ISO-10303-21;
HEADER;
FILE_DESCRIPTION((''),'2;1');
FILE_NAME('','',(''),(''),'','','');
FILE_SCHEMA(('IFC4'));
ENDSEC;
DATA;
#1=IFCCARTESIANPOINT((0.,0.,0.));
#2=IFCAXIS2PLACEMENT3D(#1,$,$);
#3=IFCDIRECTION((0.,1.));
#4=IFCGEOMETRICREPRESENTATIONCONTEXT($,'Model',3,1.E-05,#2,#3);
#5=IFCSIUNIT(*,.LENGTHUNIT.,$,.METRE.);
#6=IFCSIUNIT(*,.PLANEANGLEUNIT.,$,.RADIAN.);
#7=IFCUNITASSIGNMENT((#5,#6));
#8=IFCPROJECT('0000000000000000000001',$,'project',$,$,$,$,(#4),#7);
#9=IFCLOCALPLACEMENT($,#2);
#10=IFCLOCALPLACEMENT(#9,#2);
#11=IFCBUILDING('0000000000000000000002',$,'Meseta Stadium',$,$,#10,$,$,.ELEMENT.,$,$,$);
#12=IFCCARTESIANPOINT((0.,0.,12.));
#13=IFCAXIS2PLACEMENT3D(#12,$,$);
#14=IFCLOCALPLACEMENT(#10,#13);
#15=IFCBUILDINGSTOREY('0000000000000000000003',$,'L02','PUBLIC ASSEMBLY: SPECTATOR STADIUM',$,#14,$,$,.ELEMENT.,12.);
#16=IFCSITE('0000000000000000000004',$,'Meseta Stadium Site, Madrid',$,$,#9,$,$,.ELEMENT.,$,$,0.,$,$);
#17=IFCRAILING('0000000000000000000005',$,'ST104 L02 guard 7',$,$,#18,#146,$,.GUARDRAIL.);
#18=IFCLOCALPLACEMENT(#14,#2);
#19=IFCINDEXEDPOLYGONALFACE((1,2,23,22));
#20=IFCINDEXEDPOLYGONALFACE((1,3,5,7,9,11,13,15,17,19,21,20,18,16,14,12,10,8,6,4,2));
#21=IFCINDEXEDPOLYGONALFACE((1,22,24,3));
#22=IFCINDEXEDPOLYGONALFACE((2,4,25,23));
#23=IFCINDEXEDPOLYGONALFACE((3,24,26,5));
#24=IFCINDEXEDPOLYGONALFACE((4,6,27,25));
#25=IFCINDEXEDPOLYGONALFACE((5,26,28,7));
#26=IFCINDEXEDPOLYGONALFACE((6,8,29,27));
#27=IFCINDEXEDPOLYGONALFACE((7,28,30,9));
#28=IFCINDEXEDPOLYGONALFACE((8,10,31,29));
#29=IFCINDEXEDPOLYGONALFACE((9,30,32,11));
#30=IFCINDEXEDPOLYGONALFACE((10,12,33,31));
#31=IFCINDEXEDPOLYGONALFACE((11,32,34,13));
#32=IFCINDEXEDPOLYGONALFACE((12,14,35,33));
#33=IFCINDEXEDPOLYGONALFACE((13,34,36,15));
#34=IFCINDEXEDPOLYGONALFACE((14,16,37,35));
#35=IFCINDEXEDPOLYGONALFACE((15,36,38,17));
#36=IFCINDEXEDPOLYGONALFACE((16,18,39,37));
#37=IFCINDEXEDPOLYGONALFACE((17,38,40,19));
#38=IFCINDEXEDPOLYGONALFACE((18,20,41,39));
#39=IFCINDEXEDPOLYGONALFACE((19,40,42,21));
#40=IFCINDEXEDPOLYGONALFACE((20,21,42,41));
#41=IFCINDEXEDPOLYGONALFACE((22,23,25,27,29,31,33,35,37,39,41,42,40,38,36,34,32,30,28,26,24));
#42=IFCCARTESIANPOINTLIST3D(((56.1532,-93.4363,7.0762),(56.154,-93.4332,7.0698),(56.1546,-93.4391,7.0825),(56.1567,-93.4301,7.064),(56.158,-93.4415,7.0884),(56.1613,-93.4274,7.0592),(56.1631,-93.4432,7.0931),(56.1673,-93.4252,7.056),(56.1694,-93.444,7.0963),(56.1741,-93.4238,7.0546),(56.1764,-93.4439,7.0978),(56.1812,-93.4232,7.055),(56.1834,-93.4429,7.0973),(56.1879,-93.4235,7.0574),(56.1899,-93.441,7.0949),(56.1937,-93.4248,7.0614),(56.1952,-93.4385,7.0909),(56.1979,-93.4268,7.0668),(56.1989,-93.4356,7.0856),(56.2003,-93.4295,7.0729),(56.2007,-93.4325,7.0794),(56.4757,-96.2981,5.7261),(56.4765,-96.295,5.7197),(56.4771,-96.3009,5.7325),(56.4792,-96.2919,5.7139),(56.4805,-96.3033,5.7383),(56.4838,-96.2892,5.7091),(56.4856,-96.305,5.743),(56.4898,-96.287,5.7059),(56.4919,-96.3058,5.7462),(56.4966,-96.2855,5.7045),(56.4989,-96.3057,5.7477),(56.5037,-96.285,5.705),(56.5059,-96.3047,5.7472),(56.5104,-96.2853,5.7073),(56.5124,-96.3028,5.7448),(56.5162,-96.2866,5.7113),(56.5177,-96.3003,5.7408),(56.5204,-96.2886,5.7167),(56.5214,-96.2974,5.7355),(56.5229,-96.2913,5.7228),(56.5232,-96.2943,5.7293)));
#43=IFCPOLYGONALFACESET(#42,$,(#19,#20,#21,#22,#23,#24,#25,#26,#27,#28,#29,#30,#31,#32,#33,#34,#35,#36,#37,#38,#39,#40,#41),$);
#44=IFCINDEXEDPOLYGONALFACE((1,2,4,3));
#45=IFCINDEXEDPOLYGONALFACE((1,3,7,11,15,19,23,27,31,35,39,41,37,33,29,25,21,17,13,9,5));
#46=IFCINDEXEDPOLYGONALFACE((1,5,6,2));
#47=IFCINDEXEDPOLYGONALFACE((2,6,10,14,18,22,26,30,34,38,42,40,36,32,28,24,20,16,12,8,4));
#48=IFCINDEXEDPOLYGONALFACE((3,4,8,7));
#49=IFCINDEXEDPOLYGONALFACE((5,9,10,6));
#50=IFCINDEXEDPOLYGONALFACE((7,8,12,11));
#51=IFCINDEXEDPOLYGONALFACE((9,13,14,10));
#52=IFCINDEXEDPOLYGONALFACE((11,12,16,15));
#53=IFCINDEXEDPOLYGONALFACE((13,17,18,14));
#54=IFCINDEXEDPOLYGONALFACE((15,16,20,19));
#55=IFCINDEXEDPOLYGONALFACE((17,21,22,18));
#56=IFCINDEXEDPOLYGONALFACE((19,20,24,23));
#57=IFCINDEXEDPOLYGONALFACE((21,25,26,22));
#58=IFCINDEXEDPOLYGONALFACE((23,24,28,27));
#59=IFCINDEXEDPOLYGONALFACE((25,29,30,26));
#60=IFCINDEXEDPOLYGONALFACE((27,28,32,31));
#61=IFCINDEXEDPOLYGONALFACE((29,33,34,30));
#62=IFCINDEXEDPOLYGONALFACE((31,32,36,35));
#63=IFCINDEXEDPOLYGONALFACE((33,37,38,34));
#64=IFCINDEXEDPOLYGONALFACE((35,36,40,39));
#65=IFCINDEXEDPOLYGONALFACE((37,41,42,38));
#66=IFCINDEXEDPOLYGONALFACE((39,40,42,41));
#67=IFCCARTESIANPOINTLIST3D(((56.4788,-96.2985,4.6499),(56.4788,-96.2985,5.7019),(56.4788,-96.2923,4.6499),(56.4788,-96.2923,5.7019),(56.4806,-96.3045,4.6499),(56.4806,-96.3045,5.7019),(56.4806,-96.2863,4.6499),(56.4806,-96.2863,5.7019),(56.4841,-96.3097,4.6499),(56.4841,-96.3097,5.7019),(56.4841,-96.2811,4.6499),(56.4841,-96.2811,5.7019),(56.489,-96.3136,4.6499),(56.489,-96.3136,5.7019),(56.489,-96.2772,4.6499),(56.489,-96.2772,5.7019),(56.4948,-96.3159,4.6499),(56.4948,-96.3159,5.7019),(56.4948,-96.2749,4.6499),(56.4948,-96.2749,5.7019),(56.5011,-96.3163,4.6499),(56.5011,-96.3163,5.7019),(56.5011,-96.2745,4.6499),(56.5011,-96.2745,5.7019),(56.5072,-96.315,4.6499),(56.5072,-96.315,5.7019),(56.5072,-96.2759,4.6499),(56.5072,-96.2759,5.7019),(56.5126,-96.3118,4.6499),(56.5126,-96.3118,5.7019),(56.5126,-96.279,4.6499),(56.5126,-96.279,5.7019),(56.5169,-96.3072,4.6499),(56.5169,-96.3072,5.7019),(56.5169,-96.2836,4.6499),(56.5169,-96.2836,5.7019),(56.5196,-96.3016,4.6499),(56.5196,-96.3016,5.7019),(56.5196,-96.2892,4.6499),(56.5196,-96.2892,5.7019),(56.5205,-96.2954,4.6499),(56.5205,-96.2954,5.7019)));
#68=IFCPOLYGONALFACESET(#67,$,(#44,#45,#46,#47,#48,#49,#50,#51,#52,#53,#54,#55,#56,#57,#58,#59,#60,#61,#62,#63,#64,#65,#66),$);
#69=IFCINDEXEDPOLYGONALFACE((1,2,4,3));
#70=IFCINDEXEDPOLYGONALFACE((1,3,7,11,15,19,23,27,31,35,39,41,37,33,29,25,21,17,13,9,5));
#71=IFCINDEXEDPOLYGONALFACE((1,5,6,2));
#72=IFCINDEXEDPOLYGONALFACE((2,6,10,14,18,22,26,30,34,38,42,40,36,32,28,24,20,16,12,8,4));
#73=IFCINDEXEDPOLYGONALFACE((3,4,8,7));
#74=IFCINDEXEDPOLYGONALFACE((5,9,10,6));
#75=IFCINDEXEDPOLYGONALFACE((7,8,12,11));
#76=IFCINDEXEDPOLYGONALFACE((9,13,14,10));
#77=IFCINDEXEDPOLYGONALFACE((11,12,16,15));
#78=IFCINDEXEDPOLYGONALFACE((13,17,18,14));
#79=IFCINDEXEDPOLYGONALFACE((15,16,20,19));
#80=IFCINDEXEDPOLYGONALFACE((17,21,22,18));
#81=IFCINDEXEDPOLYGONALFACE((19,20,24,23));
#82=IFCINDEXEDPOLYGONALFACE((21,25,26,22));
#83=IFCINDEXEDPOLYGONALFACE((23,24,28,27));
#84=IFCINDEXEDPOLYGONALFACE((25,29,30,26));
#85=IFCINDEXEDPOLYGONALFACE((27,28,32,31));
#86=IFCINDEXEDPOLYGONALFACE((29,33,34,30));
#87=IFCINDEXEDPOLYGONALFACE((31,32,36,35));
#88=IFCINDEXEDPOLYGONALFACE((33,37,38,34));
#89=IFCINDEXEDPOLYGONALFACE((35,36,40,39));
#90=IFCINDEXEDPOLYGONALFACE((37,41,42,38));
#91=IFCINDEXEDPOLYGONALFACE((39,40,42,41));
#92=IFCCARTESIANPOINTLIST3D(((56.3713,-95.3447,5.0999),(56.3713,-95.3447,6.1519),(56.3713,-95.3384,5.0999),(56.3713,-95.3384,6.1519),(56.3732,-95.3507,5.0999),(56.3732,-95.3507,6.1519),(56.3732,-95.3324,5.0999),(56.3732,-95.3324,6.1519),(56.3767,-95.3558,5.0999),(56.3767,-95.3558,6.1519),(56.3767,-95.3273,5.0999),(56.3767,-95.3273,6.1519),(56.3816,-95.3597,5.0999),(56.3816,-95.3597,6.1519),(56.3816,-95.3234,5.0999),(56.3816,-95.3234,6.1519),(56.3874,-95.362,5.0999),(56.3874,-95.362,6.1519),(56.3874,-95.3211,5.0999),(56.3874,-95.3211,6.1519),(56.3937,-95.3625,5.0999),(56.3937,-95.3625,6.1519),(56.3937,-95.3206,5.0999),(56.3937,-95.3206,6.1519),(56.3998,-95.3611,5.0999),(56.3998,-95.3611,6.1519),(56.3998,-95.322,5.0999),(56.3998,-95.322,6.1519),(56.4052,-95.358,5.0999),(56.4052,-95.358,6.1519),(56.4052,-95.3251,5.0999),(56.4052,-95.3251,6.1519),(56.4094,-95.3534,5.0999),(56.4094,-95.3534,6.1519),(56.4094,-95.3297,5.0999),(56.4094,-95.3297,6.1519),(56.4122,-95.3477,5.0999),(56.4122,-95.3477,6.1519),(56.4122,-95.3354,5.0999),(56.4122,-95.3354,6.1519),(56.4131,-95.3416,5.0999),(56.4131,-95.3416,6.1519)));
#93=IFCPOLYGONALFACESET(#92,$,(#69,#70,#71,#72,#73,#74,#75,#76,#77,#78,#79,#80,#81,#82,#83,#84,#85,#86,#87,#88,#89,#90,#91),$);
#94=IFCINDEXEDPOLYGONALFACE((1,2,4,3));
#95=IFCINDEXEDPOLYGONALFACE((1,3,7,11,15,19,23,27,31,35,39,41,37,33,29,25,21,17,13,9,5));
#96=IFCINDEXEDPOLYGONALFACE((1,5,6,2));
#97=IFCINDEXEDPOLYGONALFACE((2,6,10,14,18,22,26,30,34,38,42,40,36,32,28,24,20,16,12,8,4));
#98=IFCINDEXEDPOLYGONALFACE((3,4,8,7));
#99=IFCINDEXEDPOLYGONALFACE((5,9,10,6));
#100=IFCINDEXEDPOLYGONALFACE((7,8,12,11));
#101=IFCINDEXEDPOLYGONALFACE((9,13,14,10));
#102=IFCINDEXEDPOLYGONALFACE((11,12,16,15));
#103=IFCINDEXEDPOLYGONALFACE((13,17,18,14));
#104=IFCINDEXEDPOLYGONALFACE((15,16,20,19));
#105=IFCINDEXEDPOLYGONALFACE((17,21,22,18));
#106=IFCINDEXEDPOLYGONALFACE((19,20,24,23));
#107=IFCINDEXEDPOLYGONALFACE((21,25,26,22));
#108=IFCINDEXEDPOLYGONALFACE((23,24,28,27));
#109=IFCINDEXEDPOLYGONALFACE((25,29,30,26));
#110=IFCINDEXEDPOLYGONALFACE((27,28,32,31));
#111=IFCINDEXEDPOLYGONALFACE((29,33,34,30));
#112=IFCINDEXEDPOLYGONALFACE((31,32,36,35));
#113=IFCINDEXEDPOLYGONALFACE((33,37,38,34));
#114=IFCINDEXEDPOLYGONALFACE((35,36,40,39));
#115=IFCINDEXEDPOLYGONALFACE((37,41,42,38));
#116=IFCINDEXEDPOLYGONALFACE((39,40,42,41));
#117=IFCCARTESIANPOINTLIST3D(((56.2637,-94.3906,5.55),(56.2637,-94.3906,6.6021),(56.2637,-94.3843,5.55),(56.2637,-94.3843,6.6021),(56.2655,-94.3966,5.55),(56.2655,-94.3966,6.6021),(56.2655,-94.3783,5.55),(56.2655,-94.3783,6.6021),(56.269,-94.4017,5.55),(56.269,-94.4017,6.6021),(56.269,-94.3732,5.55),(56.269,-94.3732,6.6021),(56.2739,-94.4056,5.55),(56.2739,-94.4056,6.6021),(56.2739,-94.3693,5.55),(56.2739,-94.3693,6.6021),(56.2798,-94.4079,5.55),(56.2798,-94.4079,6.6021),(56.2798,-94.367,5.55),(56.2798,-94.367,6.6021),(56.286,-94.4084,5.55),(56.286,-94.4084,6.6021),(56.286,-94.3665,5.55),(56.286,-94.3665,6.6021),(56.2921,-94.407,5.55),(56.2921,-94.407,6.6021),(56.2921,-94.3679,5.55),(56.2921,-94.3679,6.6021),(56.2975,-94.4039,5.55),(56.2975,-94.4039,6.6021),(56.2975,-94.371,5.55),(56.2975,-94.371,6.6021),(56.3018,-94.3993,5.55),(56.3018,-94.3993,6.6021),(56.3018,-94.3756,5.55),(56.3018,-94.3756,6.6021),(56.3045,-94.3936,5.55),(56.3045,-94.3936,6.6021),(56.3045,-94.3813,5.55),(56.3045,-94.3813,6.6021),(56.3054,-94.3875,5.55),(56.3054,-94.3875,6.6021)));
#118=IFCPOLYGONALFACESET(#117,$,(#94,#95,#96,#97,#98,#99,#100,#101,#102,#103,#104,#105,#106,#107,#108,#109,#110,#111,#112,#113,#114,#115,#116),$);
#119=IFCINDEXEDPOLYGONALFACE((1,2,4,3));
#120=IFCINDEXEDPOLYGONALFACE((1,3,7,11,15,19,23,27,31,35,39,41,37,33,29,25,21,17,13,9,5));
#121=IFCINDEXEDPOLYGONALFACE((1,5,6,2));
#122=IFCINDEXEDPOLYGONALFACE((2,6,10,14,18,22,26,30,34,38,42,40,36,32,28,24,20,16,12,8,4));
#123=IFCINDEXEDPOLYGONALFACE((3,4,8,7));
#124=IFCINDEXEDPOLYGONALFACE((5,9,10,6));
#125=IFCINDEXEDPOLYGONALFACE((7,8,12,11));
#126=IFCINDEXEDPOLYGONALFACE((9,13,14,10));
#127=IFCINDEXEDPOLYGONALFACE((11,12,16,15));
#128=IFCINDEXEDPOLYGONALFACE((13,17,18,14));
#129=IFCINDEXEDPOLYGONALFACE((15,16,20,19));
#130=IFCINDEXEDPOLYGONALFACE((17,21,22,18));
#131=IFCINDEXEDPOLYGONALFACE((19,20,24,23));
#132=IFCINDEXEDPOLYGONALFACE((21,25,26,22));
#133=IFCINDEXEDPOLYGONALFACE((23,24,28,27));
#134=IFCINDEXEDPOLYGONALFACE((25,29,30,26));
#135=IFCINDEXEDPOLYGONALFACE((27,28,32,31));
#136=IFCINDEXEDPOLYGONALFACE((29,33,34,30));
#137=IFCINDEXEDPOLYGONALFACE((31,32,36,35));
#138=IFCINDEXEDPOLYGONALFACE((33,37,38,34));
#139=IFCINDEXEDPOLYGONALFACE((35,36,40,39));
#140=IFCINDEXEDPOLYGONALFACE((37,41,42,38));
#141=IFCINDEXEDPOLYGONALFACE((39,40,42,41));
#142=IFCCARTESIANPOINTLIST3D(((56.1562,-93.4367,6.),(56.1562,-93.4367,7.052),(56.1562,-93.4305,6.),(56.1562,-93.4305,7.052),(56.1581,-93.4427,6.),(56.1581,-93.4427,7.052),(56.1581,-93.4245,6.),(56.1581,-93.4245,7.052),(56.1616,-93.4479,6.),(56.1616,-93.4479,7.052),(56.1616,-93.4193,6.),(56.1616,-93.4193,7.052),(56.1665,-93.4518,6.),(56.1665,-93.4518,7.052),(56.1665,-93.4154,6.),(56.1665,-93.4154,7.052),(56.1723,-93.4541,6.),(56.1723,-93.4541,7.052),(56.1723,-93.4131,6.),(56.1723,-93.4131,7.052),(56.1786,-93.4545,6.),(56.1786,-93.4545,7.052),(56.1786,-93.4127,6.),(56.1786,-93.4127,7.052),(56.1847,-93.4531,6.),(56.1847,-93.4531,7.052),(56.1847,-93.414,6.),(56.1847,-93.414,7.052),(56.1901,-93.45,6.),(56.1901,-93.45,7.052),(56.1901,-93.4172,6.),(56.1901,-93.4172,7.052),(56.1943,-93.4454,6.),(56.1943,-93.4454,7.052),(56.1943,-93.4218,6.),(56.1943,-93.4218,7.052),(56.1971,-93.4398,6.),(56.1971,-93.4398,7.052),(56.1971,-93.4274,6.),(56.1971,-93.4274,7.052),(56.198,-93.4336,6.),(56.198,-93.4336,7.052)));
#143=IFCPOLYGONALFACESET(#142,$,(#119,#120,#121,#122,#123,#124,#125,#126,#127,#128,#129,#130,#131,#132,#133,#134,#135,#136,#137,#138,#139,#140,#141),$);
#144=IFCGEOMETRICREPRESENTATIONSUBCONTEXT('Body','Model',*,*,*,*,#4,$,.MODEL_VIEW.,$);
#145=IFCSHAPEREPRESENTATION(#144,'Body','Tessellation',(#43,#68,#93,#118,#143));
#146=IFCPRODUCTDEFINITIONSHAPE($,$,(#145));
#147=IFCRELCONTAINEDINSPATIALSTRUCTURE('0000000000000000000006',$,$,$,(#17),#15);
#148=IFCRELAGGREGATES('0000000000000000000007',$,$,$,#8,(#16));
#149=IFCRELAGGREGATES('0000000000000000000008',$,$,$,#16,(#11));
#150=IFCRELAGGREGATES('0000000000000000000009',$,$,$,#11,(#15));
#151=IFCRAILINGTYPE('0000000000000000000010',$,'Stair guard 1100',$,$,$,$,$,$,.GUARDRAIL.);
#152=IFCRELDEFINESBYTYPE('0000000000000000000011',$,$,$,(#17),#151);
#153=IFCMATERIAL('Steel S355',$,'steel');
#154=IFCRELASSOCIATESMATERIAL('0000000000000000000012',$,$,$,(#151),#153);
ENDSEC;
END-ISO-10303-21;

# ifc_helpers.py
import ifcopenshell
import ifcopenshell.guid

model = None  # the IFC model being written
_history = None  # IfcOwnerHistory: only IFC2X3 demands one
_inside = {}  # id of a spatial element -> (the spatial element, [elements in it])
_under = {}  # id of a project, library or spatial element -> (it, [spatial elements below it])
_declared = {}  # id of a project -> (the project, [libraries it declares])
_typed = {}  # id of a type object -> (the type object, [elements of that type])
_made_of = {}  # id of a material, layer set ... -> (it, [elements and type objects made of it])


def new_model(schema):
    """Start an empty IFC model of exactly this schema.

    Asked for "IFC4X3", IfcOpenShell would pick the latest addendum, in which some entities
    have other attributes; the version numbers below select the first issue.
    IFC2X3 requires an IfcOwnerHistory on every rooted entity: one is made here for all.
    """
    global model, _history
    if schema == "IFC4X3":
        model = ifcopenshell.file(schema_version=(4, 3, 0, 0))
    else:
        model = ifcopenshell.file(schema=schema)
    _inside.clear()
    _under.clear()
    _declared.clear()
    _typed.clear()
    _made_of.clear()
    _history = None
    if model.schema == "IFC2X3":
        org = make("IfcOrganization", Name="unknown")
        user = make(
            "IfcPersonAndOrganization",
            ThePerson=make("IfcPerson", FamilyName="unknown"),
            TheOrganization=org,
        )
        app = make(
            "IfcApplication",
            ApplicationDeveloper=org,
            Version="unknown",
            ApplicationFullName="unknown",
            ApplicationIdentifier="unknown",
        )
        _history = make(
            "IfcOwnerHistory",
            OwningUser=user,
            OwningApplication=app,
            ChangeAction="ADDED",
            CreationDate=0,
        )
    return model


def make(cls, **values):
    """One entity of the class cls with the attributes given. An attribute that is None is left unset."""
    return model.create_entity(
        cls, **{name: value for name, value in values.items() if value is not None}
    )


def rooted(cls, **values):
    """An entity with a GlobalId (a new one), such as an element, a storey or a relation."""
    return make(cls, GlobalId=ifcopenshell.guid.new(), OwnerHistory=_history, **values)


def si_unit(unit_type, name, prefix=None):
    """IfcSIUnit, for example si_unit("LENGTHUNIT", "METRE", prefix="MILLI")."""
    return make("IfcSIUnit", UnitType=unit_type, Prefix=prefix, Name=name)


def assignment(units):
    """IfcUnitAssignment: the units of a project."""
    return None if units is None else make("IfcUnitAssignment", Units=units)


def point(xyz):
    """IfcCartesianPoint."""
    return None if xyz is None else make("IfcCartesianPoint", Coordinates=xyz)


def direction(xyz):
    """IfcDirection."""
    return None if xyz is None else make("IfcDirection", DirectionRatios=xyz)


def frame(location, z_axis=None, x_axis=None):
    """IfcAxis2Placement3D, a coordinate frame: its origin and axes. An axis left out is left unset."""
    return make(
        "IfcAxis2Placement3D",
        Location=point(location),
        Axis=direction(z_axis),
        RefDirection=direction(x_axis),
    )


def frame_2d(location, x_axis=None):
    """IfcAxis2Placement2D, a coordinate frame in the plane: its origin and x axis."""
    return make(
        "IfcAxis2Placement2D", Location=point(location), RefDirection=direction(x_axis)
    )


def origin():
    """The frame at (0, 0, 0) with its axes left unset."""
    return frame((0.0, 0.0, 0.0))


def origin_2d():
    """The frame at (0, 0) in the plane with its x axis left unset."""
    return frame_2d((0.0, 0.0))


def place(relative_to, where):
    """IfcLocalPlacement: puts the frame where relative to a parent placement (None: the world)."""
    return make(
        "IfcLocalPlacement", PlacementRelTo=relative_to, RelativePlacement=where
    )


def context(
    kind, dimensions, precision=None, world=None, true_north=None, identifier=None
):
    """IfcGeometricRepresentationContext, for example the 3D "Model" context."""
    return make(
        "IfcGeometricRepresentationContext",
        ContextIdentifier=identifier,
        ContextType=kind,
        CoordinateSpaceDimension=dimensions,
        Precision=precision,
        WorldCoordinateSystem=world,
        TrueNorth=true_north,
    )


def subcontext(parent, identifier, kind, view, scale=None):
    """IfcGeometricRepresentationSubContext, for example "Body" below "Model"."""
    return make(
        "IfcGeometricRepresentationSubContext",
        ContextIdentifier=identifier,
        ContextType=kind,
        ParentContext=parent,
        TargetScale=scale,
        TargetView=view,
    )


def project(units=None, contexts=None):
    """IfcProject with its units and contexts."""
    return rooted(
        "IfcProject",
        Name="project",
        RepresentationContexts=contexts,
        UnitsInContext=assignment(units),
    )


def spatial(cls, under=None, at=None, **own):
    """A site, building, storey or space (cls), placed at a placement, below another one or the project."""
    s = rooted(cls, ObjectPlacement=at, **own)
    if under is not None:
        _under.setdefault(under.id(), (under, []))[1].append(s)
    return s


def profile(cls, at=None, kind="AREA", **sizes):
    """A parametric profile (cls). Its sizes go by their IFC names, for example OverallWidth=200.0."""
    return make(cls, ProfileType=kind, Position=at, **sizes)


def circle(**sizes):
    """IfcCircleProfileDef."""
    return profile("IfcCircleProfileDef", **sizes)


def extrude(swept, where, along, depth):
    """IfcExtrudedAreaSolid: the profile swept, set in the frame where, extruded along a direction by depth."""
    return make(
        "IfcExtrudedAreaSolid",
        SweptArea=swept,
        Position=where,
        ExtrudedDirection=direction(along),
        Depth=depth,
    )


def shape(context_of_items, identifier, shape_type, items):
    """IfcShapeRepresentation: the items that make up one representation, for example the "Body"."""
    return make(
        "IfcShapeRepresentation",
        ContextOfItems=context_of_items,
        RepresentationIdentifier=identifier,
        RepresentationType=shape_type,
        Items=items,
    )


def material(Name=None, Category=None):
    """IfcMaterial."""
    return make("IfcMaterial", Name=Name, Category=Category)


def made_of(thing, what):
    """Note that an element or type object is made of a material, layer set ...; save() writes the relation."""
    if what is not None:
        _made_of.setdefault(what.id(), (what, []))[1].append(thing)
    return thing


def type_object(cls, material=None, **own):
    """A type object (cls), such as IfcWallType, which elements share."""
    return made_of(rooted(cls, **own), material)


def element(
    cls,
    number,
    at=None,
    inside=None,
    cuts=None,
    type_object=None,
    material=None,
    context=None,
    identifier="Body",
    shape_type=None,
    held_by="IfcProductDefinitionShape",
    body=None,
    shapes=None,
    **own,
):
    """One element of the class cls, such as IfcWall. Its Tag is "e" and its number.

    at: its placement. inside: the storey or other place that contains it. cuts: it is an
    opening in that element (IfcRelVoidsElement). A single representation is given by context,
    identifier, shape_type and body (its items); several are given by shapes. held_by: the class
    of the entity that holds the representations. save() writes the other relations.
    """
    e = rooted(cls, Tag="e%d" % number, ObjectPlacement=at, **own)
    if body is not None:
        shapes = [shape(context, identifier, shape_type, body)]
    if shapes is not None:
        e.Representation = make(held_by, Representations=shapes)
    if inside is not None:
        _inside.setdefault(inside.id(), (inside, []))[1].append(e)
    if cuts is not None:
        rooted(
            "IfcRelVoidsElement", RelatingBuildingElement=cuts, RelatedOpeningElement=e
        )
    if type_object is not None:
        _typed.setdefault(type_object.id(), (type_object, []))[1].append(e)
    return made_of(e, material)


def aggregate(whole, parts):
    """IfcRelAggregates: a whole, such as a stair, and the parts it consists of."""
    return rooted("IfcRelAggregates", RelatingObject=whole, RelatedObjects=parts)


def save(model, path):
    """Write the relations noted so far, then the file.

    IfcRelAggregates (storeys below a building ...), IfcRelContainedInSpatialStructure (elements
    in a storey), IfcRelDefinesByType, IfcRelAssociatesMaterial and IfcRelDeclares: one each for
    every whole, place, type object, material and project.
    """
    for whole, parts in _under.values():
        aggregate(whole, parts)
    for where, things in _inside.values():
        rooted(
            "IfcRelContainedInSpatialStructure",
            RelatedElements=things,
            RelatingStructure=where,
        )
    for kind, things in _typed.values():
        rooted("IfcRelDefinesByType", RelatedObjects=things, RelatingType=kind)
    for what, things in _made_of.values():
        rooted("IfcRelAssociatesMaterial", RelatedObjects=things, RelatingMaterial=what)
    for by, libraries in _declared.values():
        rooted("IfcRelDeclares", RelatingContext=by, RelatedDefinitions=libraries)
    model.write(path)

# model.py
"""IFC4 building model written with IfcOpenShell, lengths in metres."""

from ifc_helpers import new_model, si_unit, direction, frame, origin, origin_2d, place, context, subcontext, project, spatial, circle, extrude, material, type_object, element, save


model = new_model("IFC4")

# Units and contexts
model_context = context("Model", 3, precision=1e-05, world=origin(), true_north=direction((0.0, 1.0)))
body_context = subcontext(model_context, "Body", "Model", "MODEL_VIEW")
ifc_project = project(units=[si_unit("LENGTHUNIT", "METRE"), si_unit("PLANEANGLEUNIT", "RADIAN")], contexts=[model_context])

# Site, building, storey
site_placement = place(None, origin())
site = spatial("IfcSite", under=ifc_project, at=site_placement, Name="Meseta Stadium Site, Madrid", CompositionType="ELEMENT", RefElevation=0.0)
building_placement = place(site_placement, origin())
building = spatial("IfcBuilding", under=site, at=building_placement, Name="Meseta Stadium", CompositionType="ELEMENT")
storey_placement = place(building_placement, frame((0.0, 0.0, 12.0)))
storey = spatial("IfcBuildingStorey", under=building, at=storey_placement, Name="L02", Description="PUBLIC ASSEMBLY: SPECTATOR STADIUM", CompositionType="ELEMENT", Elevation=12.0)

# Railing
ifc_material_1 = material(Name="Steel S355", Category="steel")
railing_type_1 = type_object("IfcRailingType", Name="Stair guard 1100", PredefinedType="GUARDRAIL", material=ifc_material_1)
railing_1_placement = place(storey_placement, frame((56.4995, -96.2954, 4.6499)))
element("IfcRailing", 1, at=railing_1_placement, inside=storey, type_object=railing_type_1, Name="ST104 L02 guard 7", PredefinedType="GUARDRAIL", context=body_context, shape_type="SweptSolid", body=[
    extrude(circle(Radius=0.0239, at=origin_2d()), frame((0.0, 0.0, 1.0762), z_axis=(-0.101396, 0.899748, 0.424467), x_axis=(-0.99371, -0.111985, 0.0)), (0.0, 0.0, 1.0), 3.1807),
    extrude(circle(Radius=0.021, at=origin_2d()), origin(), (0.0, 0.0, 1.0), 1.052),
    extrude(circle(Radius=0.021, at=origin_2d()), frame((-0.1074, 0.9539, 0.45)), (0.0, 0.0, 1.0), 1.052),
    extrude(circle(Radius=0.021, at=origin_2d()), frame((-0.2151, 1.908, 0.9001)), (0.0, 0.0, 1.0), 1.052),
    extrude(circle(Radius=0.021, at=origin_2d()), frame((-0.3225, 2.8618, 1.3501)), (0.0, 0.0, 1.0), 1.052),
])

save(model, "model.ifc")
